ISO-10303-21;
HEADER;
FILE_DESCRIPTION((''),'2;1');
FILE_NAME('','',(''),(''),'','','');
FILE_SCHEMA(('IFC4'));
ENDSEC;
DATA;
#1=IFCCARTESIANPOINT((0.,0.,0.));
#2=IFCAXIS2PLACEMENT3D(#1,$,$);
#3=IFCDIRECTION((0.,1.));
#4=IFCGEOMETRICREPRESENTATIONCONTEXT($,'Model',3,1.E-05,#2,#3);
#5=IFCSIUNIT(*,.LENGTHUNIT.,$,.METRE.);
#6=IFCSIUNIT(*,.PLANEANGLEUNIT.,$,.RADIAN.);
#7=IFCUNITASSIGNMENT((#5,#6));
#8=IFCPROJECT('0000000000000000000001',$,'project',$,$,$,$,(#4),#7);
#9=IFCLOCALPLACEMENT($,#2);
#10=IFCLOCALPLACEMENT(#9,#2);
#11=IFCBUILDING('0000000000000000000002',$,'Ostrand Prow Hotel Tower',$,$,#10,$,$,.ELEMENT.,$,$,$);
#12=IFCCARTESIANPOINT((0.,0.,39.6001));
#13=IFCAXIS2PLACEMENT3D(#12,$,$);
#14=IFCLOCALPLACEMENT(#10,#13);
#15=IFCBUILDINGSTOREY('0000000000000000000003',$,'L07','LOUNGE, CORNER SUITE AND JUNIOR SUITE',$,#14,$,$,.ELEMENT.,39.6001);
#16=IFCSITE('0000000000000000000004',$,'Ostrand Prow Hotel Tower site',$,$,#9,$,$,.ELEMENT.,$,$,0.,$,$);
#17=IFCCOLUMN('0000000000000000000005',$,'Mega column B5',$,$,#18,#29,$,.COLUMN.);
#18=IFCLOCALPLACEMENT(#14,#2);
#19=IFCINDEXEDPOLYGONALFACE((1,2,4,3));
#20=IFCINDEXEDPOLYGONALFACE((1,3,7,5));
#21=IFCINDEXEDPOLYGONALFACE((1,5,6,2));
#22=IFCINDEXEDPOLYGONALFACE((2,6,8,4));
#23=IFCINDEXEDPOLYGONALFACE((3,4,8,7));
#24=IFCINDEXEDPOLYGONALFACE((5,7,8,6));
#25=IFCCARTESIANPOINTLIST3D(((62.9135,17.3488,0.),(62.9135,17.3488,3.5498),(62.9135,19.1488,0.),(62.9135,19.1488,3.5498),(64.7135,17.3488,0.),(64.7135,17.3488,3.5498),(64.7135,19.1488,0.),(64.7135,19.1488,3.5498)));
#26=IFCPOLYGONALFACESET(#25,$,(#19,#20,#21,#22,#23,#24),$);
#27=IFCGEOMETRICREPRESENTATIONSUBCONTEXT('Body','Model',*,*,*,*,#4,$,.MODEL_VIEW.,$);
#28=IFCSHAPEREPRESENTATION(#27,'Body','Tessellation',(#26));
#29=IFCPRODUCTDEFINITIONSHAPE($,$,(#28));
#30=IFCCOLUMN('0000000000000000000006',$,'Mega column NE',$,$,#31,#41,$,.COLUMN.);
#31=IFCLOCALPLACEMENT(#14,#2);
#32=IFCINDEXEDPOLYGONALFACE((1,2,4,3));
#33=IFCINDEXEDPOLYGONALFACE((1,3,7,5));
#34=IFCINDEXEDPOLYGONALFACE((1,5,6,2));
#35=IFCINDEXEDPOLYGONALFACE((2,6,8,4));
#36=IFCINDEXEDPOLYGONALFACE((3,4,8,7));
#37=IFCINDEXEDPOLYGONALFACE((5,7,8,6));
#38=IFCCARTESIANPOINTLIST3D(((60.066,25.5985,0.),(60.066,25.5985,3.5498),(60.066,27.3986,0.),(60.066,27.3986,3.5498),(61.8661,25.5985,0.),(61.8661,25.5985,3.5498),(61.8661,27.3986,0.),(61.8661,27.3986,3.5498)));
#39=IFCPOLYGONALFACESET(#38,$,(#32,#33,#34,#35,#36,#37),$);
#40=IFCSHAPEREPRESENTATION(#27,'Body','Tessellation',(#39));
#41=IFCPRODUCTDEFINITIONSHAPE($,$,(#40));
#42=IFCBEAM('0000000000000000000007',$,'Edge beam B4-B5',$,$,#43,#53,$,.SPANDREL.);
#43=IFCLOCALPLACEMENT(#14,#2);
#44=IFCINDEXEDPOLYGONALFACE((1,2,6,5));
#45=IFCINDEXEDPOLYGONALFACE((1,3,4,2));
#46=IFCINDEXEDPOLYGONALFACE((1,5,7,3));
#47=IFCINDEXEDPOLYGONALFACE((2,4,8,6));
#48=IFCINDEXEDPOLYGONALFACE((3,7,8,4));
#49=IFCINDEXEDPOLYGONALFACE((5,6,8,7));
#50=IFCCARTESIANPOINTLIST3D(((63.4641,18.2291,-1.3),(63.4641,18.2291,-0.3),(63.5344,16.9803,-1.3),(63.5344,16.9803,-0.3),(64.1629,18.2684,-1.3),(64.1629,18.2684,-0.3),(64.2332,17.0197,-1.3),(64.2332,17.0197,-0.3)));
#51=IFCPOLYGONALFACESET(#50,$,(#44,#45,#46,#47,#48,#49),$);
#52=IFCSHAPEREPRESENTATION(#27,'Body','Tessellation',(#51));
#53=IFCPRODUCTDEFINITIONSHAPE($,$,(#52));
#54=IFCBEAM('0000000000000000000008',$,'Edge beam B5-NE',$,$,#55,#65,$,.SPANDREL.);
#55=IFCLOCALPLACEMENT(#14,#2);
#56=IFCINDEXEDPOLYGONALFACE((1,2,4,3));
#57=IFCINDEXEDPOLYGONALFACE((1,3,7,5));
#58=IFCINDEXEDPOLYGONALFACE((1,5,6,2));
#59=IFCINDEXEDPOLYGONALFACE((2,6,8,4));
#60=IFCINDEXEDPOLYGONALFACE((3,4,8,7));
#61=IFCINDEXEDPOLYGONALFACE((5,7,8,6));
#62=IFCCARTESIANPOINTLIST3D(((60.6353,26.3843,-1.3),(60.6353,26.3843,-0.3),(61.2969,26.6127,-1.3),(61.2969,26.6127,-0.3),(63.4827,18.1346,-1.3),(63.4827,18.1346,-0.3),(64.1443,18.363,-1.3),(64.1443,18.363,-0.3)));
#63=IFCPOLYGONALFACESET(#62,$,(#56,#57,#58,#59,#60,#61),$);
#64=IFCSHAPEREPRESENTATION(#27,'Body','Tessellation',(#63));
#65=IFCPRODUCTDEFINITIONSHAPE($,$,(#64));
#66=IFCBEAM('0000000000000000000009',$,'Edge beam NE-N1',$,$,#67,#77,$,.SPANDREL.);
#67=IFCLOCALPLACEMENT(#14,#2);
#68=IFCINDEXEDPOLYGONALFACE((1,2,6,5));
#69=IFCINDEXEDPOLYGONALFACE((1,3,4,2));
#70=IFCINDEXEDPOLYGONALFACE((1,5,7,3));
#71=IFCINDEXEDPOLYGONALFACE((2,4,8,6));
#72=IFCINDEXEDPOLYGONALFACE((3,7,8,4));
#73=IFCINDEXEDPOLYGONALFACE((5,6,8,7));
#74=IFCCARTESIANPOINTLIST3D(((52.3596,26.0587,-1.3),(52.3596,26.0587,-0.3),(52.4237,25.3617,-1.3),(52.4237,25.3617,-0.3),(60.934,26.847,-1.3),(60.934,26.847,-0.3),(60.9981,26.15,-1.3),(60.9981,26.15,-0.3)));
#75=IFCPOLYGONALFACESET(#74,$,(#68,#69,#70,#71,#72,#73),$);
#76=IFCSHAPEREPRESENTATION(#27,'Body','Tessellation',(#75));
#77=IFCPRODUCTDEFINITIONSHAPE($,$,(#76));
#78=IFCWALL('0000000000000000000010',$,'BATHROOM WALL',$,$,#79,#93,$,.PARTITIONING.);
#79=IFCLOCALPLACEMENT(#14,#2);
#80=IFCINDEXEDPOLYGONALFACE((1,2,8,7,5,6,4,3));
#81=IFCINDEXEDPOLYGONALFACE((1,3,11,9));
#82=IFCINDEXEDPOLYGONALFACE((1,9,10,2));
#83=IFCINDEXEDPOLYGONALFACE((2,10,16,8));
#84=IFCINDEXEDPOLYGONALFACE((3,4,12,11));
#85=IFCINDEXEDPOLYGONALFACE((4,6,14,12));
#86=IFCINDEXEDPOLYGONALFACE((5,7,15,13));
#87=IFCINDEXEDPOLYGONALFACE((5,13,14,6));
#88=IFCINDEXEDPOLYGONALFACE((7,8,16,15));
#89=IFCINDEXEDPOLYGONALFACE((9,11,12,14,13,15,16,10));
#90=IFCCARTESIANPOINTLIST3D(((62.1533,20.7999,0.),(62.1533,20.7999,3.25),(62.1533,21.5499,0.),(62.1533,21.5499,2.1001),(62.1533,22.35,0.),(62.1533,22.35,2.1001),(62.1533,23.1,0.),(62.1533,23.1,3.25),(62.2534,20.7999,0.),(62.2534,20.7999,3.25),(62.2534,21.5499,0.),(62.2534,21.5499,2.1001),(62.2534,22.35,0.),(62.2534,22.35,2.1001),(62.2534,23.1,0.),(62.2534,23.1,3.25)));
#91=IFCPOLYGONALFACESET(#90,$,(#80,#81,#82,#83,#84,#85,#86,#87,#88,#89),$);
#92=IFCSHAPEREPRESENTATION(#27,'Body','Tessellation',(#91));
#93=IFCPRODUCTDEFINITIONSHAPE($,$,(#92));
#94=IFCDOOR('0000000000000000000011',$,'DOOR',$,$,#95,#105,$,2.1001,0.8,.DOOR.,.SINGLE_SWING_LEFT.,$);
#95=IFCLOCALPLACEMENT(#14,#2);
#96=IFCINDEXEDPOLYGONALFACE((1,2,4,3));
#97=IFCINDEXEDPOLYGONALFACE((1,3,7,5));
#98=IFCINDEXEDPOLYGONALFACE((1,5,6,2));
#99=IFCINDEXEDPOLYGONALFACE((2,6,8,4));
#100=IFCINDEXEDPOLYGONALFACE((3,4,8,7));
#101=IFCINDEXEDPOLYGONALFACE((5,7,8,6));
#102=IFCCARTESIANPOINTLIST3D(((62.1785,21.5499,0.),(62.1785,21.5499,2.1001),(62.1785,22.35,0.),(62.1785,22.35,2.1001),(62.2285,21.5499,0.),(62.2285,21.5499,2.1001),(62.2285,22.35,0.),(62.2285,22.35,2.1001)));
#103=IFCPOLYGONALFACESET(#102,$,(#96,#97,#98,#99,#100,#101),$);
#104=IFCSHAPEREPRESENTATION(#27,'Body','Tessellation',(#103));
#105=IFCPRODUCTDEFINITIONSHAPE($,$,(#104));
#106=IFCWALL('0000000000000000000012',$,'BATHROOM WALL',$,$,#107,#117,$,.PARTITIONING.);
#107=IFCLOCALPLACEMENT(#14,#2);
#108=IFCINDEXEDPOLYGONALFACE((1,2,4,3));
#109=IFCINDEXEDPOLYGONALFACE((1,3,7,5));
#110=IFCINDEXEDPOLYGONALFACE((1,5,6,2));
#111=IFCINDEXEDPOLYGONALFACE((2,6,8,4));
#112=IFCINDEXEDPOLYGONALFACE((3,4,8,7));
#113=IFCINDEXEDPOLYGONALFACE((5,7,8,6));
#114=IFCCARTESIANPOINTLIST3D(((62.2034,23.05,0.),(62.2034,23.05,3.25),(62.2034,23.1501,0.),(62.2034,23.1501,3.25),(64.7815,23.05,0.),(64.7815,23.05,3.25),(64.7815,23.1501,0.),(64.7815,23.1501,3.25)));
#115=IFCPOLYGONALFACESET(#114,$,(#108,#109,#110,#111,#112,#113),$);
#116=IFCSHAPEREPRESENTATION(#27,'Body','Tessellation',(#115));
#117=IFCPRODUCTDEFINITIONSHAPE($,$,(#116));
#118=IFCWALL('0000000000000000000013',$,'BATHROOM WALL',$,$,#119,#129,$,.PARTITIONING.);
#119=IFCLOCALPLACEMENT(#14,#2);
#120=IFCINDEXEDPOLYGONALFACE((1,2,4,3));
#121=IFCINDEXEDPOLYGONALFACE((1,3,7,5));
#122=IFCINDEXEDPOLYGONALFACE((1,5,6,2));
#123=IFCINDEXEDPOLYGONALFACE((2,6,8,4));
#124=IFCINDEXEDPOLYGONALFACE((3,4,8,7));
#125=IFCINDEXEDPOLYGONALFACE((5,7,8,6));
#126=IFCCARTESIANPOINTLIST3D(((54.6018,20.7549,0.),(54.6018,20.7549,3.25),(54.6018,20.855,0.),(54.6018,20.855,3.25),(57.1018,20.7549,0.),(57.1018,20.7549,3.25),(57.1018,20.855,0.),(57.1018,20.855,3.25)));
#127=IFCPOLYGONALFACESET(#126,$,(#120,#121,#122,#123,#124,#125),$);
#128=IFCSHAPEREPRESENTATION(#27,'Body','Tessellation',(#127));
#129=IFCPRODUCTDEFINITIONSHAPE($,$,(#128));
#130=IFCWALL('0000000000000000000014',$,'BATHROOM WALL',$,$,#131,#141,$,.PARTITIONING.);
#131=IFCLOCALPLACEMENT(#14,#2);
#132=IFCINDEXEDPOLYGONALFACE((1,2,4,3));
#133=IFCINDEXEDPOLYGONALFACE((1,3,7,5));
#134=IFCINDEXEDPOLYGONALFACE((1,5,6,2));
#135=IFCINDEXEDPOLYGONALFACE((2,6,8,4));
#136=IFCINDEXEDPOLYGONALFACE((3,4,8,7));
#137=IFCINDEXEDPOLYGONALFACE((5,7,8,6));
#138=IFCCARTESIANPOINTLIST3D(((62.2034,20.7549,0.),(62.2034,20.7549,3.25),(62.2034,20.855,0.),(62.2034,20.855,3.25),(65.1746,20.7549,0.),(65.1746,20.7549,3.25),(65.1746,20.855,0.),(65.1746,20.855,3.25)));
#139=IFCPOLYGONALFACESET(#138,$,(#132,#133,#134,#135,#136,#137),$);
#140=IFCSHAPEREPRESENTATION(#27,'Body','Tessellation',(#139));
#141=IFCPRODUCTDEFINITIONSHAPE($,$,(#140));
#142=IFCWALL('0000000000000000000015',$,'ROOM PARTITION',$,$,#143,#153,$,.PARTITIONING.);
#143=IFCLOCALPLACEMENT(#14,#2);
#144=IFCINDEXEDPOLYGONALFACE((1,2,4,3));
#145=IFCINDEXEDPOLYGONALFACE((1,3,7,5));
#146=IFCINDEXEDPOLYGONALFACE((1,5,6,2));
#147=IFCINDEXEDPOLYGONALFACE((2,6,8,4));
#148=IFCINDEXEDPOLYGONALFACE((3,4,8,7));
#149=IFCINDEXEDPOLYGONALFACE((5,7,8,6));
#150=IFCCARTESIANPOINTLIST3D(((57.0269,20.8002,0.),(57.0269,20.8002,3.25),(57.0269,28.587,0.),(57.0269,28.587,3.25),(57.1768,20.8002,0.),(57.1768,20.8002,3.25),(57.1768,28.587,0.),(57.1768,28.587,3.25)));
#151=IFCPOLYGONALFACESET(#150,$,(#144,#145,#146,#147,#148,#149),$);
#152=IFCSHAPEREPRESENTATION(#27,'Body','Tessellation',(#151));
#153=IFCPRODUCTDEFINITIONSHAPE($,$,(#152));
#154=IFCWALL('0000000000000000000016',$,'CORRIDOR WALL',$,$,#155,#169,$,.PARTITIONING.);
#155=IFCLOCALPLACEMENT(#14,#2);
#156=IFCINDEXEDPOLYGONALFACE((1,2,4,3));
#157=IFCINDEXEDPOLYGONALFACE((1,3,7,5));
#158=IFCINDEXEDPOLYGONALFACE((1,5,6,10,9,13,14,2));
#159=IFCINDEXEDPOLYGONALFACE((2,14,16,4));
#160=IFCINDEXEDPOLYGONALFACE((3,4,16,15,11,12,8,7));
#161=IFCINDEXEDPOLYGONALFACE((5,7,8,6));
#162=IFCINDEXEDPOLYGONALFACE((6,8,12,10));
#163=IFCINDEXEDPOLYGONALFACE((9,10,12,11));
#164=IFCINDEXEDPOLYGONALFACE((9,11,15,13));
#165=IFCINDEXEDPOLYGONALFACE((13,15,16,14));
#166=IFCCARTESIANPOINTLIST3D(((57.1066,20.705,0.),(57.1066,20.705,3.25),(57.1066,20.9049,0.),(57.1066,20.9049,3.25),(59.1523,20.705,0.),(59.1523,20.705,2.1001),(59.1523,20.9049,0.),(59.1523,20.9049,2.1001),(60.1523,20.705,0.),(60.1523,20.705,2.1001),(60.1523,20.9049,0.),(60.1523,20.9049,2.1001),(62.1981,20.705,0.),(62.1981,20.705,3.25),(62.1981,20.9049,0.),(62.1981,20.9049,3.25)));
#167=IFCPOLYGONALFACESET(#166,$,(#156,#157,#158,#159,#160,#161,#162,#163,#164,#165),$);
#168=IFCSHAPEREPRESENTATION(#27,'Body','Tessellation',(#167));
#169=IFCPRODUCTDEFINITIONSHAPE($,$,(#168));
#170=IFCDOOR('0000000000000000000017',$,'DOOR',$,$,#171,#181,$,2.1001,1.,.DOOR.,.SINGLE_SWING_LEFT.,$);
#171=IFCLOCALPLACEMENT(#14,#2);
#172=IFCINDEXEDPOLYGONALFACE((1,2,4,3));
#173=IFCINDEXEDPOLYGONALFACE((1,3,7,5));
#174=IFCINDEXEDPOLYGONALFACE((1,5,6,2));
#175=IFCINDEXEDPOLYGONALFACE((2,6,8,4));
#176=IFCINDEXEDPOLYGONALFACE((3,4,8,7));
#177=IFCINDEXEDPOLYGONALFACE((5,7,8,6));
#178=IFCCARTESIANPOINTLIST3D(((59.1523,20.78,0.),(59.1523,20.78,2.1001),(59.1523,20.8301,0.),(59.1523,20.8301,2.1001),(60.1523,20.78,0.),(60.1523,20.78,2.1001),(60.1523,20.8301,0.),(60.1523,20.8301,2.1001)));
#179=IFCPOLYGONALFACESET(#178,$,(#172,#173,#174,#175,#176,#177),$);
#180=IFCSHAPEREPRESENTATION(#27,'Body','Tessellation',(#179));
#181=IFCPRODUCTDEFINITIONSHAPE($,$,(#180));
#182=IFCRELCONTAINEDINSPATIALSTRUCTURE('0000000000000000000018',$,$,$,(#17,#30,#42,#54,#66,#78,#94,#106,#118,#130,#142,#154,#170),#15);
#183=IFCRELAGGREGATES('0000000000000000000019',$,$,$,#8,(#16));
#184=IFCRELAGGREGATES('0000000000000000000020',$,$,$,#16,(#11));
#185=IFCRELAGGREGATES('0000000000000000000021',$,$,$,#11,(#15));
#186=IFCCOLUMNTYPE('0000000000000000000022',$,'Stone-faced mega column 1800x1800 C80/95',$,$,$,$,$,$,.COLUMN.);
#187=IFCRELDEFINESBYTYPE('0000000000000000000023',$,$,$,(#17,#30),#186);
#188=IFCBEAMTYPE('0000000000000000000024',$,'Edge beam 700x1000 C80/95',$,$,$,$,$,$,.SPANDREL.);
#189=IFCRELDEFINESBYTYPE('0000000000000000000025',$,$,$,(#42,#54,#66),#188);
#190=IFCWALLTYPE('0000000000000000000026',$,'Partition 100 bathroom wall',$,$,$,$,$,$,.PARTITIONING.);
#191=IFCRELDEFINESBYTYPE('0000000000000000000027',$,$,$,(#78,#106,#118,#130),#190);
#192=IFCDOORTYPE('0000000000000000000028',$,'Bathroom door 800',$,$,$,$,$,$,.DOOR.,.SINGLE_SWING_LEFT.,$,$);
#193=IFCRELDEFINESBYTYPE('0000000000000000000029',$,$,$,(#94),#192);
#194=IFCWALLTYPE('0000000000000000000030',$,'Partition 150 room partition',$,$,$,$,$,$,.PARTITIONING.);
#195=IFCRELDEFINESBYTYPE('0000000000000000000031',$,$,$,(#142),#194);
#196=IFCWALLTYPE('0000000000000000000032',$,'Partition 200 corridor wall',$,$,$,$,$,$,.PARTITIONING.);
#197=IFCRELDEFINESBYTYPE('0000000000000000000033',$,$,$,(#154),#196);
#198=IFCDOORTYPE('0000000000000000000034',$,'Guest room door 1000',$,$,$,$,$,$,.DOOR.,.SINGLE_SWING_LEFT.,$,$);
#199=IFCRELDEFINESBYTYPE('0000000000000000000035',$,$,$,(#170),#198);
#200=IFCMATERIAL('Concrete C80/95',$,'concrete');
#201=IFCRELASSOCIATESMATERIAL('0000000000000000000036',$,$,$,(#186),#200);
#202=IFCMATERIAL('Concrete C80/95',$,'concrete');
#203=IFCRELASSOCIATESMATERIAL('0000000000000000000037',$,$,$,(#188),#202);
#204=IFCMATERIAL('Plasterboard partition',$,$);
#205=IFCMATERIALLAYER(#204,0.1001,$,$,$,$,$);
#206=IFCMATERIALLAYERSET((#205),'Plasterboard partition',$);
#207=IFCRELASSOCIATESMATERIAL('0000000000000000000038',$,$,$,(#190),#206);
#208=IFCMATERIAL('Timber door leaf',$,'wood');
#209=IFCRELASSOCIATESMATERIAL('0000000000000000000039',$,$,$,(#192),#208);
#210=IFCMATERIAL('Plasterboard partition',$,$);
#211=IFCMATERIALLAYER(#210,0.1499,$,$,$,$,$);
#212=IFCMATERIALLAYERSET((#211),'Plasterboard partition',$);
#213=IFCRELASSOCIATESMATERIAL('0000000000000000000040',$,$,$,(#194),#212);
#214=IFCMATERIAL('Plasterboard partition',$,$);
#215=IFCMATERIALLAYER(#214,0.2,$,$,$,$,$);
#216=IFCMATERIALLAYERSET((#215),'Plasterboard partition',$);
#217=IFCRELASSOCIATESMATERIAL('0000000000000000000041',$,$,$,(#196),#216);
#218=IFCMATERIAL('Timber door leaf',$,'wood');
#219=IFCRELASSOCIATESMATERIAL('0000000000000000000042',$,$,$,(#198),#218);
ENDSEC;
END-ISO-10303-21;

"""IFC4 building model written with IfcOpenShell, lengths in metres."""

from ifc_helpers import new_model, si_unit, direction, frame, frame_2d, origin, origin_2d, place, context, subcontext, project, spatial, rectangle, extrude, material, layer, layer_set, material_profile, profile_set, type_object, element, fill, save


model = new_model("IFC4")

# Units and contexts
model_context = context("Model", 3, precision=1e-05, world=origin(), true_north=direction((0.0, 1.0)))
body_context = subcontext(model_context, "Body", "Model", "MODEL_VIEW")
ifc_project = project(units=[si_unit("LENGTHUNIT", "METRE"), si_unit("PLANEANGLEUNIT", "RADIAN")], contexts=[model_context])

# Site, building, storey
site_placement = place(None, origin())
site = spatial("IfcSite", under=ifc_project, at=site_placement, Name="Ostrand Prow Hotel Tower site", CompositionType="ELEMENT", RefElevation=0.0)
building_placement = place(site_placement, origin())
building = spatial("IfcBuilding", under=site, at=building_placement, Name="Ostrand Prow Hotel Tower", CompositionType="ELEMENT")
storey_placement = place(building_placement, frame((0.0, 0.0, 39.6001)))
storey = spatial("IfcBuildingStorey", under=building, at=storey_placement, Name="L07", Description="LOUNGE, CORNER SUITE AND JUNIOR SUITE", CompositionType="ELEMENT", Elevation=39.6001)

# Columns
ifc_material_1 = material(Name="Concrete C80/95", Category="concrete")
ifc_material_profile_1 = material_profile(ifc_material_1, rectangle(XDim=1.8, YDim=1.8, at=origin_2d()), Name="RC 1800x1800")
ifc_profile_set_1 = profile_set([ifc_material_profile_1], Name="Concrete C80/95")
column_type = type_object("IfcColumnType", Name="Stone-faced mega column 1800x1800 C80/95", PredefinedType="COLUMN", material=ifc_profile_set_1)
for number, where, z_axis, x_axis, name in (
    (1, (63.8135, 18.2488, 0.0), (0.0, 0.0, 1.0), (1.0, 0.0, 0.0), "Mega column B5"),
    (2, (60.9661, 26.4985, 0.0), (0.0, 0.0, 1.0), (1.0, 0.0, 0.0), "Mega column NE"),
):
    element("IfcColumn", number, at=place(storey_placement, frame(where, z_axis=z_axis, x_axis=x_axis)), inside=storey, type_object=column_type, Name=name, PredefinedType="COLUMN", context=body_context, shape_type="SweptSolid", body=[
        extrude(rectangle(XDim=1.8, YDim=1.8, at=origin_2d()), origin(), (0.0, 0.0, 1.0), 3.5498),
    ])

# Beams
ifc_material_2 = material(Name="Concrete C80/95", Category="concrete")
ifc_material_profile_2 = material_profile(ifc_material_2, rectangle(XDim=0.7, YDim=1.0, at=origin_2d()), Name="RC 700x1000")
ifc_profile_set_2 = profile_set([ifc_material_profile_2], Name="Concrete C80/95")
beam_type = type_object("IfcBeamType", Name="Edge beam 700x1000 C80/95", PredefinedType="SPANDREL", material=ifc_profile_set_2)
beam_1_placement = place(storey_placement, frame((63.8838, 17.0, -0.8), z_axis=(-0.056216, 0.998419, 0.0), x_axis=(-0.998419, -0.056216, 0.0)))
element("IfcBeam", 3, at=beam_1_placement, inside=storey, type_object=beam_type, Name="Edge beam B4-B5", PredefinedType="SPANDREL", context=body_context, shape_type="SweptSolid", body=[
    extrude(rectangle(XDim=0.7, YDim=1.0, at=origin_2d()), origin(), (0.0, 0.0, 1.0), 1.2507),
])
beam_2_placement = place(storey_placement, frame((63.8135, 18.2488, -0.8), z_axis=(-0.326264, 0.945279, 0.0), x_axis=(-0.945279, -0.326264, 0.0)))
element("IfcBeam", 4, at=beam_2_placement, inside=storey, type_object=beam_type, Name="Edge beam B5-NE", PredefinedType="SPANDREL", context=body_context, shape_type="SweptSolid", body=[
    extrude(rectangle(XDim=0.7, YDim=1.0, at=origin_2d()), origin(), (0.0, 0.0, 1.0), 8.7273),
])
beam_3_placement = place(storey_placement, frame((60.9661, 26.4985, -0.8), z_axis=(-0.9958, -0.091553, 0.0), x_axis=(0.091553, -0.9958, 0.0)))
element("IfcBeam", 5, at=beam_3_placement, inside=storey, type_object=beam_type, Name="Edge beam NE-N1", PredefinedType="SPANDREL", context=body_context, shape_type="SweptSolid", body=[
    extrude(rectangle(XDim=0.7, YDim=1.0, at=origin_2d()), origin(), (0.0, 0.0, 1.0), 8.6106),
])

# Wall, opening, door
ifc_material_3 = material(Name="Plasterboard partition")
ifc_layer_1 = layer(ifc_material_3, 0.1001)
ifc_layer_set_1 = layer_set([ifc_layer_1], Name="Plasterboard partition")
wall_type_1 = type_object("IfcWallType", Name="Partition 100 bathroom wall", PredefinedType="PARTITIONING", material=ifc_layer_set_1)
wall_1_placement = place(storey_placement, frame((62.2034, 20.8, 0.0), z_axis=(0.0, 0.0, 1.0), x_axis=(0.0, 1.0, 0.0)))
wall_1 = element("IfcWall", 6, at=wall_1_placement, inside=storey, type_object=wall_type_1, Name="BATHROOM WALL", PredefinedType="PARTITIONING", context=body_context, shape_type="SweptSolid", body=[
    extrude(rectangle(XDim=2.3, YDim=0.1001, at=frame_2d((1.1499, 0.0))), origin(), (0.0, 0.0, 1.0), 3.25),
])
opening_1_placement = place(wall_1_placement, frame((0.75, 0.0, 0.0)))
opening_1 = element("IfcOpeningElement", 7, at=opening_1_placement, cuts=wall_1, PredefinedType="OPENING", context=body_context, shape_type="SweptSolid", body=[
    extrude(rectangle(XDim=0.8, YDim=2.1001, at=frame_2d((0.3999, 1.05))), frame((0.0, 0.0601, 0.0), z_axis=(0.0, -1.0, 0.0), x_axis=(1.0, 0.0, 0.0)), (0.0, 0.0, 1.0), 0.1201),
])
ifc_material_4 = material(Name="Timber door leaf", Category="wood")
door_type_1 = type_object("IfcDoorType", Name="Bathroom door 800", OperationType="SINGLE_SWING_LEFT", PredefinedType="DOOR", material=ifc_material_4)
door_1_placement = place(opening_1_placement, origin())
door_1 = element("IfcDoor", 8, at=door_1_placement, inside=storey, type_object=door_type_1, Name="DOOR", OperationType="SINGLE_SWING_LEFT", OverallHeight=2.1001, OverallWidth=0.8, PredefinedType="DOOR", context=body_context, shape_type="SweptSolid", body=[
    extrude(rectangle(XDim=0.8, YDim=2.1001, at=frame_2d((0.3999, 1.05))), frame((0.0, 0.0249, 0.0), z_axis=(0.0, -1.0, 0.0), x_axis=(1.0, 0.0, 0.0)), (0.0, 0.0, 1.0), 0.05),
])
fill(opening_1, door_1)

# Walls
wall_2_placement = place(storey_placement, frame((62.2034, 23.1001, 0.0), z_axis=(0.0, 0.0, 1.0), x_axis=(1.0, 0.0, 0.0)))
element("IfcWall", 9, at=wall_2_placement, inside=storey, type_object=wall_type_1, Name="BATHROOM WALL", PredefinedType="PARTITIONING", context=body_context, shape_type="SweptSolid", body=[
    extrude(rectangle(XDim=2.5781, YDim=0.1001, at=frame_2d((1.2891, 0.0))), origin(), (0.0, 0.0, 1.0), 3.25),
])
wall_3_placement = place(storey_placement, frame((57.1018, 20.8049, 0.0), z_axis=(0.0, 0.0, 1.0), x_axis=(-1.0, 0.0, 0.0)))
element("IfcWall", 10, at=wall_3_placement, inside=storey, type_object=wall_type_1, Name="BATHROOM WALL", PredefinedType="PARTITIONING", context=body_context, shape_type="SweptSolid", body=[
    extrude(rectangle(XDim=2.5, YDim=0.1001, at=frame_2d((1.25, 0.0))), origin(), (0.0, 0.0, 1.0), 3.25),
])
wall_4_placement = place(storey_placement, frame((65.1746, 20.8049, 0.0), z_axis=(0.0, 0.0, 1.0), x_axis=(-1.0, 0.0, 0.0)))
element("IfcWall", 11, at=wall_4_placement, inside=storey, type_object=wall_type_1, Name="BATHROOM WALL", PredefinedType="PARTITIONING", context=body_context, shape_type="SweptSolid", body=[
    extrude(rectangle(XDim=2.9712, YDim=0.1001, at=frame_2d((1.4856, 0.0))), origin(), (0.0, 0.0, 1.0), 3.25),
])
ifc_material_5 = material(Name="Plasterboard partition")
ifc_layer_2 = layer(ifc_material_5, 0.1499)
ifc_layer_set_2 = layer_set([ifc_layer_2], Name="Plasterboard partition")
wall_type_2 = type_object("IfcWallType", Name="Partition 150 room partition", PredefinedType="PARTITIONING", material=ifc_layer_set_2)
wall_5_placement = place(storey_placement, frame((57.1018, 20.8, 0.0), z_axis=(0.0, 0.0, 1.0), x_axis=(0.0, 1.0, 0.0)))
element("IfcWall", 12, at=wall_5_placement, inside=storey, type_object=wall_type_2, Name="ROOM PARTITION", PredefinedType="PARTITIONING", context=body_context, shape_type="SweptSolid", body=[
    extrude(rectangle(XDim=7.7869, YDim=0.1499, at=frame_2d((3.8936, 0.0))), origin(), (0.0, 0.0, 1.0), 3.25),
])

# Wall, opening, door
ifc_material_6 = material(Name="Plasterboard partition")
ifc_layer_3 = layer(ifc_material_6, 0.2)
ifc_layer_set_3 = layer_set([ifc_layer_3], Name="Plasterboard partition")
wall_type_3 = type_object("IfcWallType", Name="Partition 200 corridor wall", PredefinedType="PARTITIONING", material=ifc_layer_set_3)
wall_6_placement = place(storey_placement, frame((62.1982, 20.8049, 0.0), z_axis=(0.0, 0.0, 1.0), x_axis=(-1.0, 0.0, 0.0)))
wall_6 = element("IfcWall", 13, at=wall_6_placement, inside=storey, type_object=wall_type_3, Name="CORRIDOR WALL", PredefinedType="PARTITIONING", context=body_context, shape_type="SweptSolid", body=[
    extrude(rectangle(XDim=5.0916, YDim=0.2, at=frame_2d((2.5459, 0.0))), origin(), (0.0, 0.0, 1.0), 3.25),
])
opening_2_placement = place(wall_6_placement, frame((2.0459, 0.0, 0.0)))
opening_2 = element("IfcOpeningElement", 14, at=opening_2_placement, cuts=wall_6, PredefinedType="OPENING", context=body_context, shape_type="SweptSolid", body=[
    extrude(rectangle(XDim=1.0, YDim=2.1001, at=frame_2d((0.5, 1.05))), frame((0.0, 0.1099, 0.0), z_axis=(0.0, -1.0, 0.0), x_axis=(1.0, 0.0, 0.0)), (0.0, 0.0, 1.0), 0.22),
])
ifc_material_7 = material(Name="Timber door leaf", Category="wood")
door_type_2 = type_object("IfcDoorType", Name="Guest room door 1000", OperationType="SINGLE_SWING_LEFT", PredefinedType="DOOR", material=ifc_material_7)
door_2_placement = place(opening_2_placement, origin())
door_2 = element("IfcDoor", 15, at=door_2_placement, inside=storey, type_object=door_type_2, Name="DOOR", OperationType="SINGLE_SWING_LEFT", OverallHeight=2.1001, OverallWidth=1.0, PredefinedType="DOOR", context=body_context, shape_type="SweptSolid", body=[
    extrude(rectangle(XDim=1.0, YDim=2.1001, at=frame_2d((0.5, 1.05))), frame((0.0, 0.0249, 0.0), z_axis=(0.0, -1.0, 0.0), x_axis=(1.0, 0.0, 0.0)), (0.0, 0.0, 1.0), 0.05),
])
fill(opening_2, door_2)

save(model, "model.ifc")
